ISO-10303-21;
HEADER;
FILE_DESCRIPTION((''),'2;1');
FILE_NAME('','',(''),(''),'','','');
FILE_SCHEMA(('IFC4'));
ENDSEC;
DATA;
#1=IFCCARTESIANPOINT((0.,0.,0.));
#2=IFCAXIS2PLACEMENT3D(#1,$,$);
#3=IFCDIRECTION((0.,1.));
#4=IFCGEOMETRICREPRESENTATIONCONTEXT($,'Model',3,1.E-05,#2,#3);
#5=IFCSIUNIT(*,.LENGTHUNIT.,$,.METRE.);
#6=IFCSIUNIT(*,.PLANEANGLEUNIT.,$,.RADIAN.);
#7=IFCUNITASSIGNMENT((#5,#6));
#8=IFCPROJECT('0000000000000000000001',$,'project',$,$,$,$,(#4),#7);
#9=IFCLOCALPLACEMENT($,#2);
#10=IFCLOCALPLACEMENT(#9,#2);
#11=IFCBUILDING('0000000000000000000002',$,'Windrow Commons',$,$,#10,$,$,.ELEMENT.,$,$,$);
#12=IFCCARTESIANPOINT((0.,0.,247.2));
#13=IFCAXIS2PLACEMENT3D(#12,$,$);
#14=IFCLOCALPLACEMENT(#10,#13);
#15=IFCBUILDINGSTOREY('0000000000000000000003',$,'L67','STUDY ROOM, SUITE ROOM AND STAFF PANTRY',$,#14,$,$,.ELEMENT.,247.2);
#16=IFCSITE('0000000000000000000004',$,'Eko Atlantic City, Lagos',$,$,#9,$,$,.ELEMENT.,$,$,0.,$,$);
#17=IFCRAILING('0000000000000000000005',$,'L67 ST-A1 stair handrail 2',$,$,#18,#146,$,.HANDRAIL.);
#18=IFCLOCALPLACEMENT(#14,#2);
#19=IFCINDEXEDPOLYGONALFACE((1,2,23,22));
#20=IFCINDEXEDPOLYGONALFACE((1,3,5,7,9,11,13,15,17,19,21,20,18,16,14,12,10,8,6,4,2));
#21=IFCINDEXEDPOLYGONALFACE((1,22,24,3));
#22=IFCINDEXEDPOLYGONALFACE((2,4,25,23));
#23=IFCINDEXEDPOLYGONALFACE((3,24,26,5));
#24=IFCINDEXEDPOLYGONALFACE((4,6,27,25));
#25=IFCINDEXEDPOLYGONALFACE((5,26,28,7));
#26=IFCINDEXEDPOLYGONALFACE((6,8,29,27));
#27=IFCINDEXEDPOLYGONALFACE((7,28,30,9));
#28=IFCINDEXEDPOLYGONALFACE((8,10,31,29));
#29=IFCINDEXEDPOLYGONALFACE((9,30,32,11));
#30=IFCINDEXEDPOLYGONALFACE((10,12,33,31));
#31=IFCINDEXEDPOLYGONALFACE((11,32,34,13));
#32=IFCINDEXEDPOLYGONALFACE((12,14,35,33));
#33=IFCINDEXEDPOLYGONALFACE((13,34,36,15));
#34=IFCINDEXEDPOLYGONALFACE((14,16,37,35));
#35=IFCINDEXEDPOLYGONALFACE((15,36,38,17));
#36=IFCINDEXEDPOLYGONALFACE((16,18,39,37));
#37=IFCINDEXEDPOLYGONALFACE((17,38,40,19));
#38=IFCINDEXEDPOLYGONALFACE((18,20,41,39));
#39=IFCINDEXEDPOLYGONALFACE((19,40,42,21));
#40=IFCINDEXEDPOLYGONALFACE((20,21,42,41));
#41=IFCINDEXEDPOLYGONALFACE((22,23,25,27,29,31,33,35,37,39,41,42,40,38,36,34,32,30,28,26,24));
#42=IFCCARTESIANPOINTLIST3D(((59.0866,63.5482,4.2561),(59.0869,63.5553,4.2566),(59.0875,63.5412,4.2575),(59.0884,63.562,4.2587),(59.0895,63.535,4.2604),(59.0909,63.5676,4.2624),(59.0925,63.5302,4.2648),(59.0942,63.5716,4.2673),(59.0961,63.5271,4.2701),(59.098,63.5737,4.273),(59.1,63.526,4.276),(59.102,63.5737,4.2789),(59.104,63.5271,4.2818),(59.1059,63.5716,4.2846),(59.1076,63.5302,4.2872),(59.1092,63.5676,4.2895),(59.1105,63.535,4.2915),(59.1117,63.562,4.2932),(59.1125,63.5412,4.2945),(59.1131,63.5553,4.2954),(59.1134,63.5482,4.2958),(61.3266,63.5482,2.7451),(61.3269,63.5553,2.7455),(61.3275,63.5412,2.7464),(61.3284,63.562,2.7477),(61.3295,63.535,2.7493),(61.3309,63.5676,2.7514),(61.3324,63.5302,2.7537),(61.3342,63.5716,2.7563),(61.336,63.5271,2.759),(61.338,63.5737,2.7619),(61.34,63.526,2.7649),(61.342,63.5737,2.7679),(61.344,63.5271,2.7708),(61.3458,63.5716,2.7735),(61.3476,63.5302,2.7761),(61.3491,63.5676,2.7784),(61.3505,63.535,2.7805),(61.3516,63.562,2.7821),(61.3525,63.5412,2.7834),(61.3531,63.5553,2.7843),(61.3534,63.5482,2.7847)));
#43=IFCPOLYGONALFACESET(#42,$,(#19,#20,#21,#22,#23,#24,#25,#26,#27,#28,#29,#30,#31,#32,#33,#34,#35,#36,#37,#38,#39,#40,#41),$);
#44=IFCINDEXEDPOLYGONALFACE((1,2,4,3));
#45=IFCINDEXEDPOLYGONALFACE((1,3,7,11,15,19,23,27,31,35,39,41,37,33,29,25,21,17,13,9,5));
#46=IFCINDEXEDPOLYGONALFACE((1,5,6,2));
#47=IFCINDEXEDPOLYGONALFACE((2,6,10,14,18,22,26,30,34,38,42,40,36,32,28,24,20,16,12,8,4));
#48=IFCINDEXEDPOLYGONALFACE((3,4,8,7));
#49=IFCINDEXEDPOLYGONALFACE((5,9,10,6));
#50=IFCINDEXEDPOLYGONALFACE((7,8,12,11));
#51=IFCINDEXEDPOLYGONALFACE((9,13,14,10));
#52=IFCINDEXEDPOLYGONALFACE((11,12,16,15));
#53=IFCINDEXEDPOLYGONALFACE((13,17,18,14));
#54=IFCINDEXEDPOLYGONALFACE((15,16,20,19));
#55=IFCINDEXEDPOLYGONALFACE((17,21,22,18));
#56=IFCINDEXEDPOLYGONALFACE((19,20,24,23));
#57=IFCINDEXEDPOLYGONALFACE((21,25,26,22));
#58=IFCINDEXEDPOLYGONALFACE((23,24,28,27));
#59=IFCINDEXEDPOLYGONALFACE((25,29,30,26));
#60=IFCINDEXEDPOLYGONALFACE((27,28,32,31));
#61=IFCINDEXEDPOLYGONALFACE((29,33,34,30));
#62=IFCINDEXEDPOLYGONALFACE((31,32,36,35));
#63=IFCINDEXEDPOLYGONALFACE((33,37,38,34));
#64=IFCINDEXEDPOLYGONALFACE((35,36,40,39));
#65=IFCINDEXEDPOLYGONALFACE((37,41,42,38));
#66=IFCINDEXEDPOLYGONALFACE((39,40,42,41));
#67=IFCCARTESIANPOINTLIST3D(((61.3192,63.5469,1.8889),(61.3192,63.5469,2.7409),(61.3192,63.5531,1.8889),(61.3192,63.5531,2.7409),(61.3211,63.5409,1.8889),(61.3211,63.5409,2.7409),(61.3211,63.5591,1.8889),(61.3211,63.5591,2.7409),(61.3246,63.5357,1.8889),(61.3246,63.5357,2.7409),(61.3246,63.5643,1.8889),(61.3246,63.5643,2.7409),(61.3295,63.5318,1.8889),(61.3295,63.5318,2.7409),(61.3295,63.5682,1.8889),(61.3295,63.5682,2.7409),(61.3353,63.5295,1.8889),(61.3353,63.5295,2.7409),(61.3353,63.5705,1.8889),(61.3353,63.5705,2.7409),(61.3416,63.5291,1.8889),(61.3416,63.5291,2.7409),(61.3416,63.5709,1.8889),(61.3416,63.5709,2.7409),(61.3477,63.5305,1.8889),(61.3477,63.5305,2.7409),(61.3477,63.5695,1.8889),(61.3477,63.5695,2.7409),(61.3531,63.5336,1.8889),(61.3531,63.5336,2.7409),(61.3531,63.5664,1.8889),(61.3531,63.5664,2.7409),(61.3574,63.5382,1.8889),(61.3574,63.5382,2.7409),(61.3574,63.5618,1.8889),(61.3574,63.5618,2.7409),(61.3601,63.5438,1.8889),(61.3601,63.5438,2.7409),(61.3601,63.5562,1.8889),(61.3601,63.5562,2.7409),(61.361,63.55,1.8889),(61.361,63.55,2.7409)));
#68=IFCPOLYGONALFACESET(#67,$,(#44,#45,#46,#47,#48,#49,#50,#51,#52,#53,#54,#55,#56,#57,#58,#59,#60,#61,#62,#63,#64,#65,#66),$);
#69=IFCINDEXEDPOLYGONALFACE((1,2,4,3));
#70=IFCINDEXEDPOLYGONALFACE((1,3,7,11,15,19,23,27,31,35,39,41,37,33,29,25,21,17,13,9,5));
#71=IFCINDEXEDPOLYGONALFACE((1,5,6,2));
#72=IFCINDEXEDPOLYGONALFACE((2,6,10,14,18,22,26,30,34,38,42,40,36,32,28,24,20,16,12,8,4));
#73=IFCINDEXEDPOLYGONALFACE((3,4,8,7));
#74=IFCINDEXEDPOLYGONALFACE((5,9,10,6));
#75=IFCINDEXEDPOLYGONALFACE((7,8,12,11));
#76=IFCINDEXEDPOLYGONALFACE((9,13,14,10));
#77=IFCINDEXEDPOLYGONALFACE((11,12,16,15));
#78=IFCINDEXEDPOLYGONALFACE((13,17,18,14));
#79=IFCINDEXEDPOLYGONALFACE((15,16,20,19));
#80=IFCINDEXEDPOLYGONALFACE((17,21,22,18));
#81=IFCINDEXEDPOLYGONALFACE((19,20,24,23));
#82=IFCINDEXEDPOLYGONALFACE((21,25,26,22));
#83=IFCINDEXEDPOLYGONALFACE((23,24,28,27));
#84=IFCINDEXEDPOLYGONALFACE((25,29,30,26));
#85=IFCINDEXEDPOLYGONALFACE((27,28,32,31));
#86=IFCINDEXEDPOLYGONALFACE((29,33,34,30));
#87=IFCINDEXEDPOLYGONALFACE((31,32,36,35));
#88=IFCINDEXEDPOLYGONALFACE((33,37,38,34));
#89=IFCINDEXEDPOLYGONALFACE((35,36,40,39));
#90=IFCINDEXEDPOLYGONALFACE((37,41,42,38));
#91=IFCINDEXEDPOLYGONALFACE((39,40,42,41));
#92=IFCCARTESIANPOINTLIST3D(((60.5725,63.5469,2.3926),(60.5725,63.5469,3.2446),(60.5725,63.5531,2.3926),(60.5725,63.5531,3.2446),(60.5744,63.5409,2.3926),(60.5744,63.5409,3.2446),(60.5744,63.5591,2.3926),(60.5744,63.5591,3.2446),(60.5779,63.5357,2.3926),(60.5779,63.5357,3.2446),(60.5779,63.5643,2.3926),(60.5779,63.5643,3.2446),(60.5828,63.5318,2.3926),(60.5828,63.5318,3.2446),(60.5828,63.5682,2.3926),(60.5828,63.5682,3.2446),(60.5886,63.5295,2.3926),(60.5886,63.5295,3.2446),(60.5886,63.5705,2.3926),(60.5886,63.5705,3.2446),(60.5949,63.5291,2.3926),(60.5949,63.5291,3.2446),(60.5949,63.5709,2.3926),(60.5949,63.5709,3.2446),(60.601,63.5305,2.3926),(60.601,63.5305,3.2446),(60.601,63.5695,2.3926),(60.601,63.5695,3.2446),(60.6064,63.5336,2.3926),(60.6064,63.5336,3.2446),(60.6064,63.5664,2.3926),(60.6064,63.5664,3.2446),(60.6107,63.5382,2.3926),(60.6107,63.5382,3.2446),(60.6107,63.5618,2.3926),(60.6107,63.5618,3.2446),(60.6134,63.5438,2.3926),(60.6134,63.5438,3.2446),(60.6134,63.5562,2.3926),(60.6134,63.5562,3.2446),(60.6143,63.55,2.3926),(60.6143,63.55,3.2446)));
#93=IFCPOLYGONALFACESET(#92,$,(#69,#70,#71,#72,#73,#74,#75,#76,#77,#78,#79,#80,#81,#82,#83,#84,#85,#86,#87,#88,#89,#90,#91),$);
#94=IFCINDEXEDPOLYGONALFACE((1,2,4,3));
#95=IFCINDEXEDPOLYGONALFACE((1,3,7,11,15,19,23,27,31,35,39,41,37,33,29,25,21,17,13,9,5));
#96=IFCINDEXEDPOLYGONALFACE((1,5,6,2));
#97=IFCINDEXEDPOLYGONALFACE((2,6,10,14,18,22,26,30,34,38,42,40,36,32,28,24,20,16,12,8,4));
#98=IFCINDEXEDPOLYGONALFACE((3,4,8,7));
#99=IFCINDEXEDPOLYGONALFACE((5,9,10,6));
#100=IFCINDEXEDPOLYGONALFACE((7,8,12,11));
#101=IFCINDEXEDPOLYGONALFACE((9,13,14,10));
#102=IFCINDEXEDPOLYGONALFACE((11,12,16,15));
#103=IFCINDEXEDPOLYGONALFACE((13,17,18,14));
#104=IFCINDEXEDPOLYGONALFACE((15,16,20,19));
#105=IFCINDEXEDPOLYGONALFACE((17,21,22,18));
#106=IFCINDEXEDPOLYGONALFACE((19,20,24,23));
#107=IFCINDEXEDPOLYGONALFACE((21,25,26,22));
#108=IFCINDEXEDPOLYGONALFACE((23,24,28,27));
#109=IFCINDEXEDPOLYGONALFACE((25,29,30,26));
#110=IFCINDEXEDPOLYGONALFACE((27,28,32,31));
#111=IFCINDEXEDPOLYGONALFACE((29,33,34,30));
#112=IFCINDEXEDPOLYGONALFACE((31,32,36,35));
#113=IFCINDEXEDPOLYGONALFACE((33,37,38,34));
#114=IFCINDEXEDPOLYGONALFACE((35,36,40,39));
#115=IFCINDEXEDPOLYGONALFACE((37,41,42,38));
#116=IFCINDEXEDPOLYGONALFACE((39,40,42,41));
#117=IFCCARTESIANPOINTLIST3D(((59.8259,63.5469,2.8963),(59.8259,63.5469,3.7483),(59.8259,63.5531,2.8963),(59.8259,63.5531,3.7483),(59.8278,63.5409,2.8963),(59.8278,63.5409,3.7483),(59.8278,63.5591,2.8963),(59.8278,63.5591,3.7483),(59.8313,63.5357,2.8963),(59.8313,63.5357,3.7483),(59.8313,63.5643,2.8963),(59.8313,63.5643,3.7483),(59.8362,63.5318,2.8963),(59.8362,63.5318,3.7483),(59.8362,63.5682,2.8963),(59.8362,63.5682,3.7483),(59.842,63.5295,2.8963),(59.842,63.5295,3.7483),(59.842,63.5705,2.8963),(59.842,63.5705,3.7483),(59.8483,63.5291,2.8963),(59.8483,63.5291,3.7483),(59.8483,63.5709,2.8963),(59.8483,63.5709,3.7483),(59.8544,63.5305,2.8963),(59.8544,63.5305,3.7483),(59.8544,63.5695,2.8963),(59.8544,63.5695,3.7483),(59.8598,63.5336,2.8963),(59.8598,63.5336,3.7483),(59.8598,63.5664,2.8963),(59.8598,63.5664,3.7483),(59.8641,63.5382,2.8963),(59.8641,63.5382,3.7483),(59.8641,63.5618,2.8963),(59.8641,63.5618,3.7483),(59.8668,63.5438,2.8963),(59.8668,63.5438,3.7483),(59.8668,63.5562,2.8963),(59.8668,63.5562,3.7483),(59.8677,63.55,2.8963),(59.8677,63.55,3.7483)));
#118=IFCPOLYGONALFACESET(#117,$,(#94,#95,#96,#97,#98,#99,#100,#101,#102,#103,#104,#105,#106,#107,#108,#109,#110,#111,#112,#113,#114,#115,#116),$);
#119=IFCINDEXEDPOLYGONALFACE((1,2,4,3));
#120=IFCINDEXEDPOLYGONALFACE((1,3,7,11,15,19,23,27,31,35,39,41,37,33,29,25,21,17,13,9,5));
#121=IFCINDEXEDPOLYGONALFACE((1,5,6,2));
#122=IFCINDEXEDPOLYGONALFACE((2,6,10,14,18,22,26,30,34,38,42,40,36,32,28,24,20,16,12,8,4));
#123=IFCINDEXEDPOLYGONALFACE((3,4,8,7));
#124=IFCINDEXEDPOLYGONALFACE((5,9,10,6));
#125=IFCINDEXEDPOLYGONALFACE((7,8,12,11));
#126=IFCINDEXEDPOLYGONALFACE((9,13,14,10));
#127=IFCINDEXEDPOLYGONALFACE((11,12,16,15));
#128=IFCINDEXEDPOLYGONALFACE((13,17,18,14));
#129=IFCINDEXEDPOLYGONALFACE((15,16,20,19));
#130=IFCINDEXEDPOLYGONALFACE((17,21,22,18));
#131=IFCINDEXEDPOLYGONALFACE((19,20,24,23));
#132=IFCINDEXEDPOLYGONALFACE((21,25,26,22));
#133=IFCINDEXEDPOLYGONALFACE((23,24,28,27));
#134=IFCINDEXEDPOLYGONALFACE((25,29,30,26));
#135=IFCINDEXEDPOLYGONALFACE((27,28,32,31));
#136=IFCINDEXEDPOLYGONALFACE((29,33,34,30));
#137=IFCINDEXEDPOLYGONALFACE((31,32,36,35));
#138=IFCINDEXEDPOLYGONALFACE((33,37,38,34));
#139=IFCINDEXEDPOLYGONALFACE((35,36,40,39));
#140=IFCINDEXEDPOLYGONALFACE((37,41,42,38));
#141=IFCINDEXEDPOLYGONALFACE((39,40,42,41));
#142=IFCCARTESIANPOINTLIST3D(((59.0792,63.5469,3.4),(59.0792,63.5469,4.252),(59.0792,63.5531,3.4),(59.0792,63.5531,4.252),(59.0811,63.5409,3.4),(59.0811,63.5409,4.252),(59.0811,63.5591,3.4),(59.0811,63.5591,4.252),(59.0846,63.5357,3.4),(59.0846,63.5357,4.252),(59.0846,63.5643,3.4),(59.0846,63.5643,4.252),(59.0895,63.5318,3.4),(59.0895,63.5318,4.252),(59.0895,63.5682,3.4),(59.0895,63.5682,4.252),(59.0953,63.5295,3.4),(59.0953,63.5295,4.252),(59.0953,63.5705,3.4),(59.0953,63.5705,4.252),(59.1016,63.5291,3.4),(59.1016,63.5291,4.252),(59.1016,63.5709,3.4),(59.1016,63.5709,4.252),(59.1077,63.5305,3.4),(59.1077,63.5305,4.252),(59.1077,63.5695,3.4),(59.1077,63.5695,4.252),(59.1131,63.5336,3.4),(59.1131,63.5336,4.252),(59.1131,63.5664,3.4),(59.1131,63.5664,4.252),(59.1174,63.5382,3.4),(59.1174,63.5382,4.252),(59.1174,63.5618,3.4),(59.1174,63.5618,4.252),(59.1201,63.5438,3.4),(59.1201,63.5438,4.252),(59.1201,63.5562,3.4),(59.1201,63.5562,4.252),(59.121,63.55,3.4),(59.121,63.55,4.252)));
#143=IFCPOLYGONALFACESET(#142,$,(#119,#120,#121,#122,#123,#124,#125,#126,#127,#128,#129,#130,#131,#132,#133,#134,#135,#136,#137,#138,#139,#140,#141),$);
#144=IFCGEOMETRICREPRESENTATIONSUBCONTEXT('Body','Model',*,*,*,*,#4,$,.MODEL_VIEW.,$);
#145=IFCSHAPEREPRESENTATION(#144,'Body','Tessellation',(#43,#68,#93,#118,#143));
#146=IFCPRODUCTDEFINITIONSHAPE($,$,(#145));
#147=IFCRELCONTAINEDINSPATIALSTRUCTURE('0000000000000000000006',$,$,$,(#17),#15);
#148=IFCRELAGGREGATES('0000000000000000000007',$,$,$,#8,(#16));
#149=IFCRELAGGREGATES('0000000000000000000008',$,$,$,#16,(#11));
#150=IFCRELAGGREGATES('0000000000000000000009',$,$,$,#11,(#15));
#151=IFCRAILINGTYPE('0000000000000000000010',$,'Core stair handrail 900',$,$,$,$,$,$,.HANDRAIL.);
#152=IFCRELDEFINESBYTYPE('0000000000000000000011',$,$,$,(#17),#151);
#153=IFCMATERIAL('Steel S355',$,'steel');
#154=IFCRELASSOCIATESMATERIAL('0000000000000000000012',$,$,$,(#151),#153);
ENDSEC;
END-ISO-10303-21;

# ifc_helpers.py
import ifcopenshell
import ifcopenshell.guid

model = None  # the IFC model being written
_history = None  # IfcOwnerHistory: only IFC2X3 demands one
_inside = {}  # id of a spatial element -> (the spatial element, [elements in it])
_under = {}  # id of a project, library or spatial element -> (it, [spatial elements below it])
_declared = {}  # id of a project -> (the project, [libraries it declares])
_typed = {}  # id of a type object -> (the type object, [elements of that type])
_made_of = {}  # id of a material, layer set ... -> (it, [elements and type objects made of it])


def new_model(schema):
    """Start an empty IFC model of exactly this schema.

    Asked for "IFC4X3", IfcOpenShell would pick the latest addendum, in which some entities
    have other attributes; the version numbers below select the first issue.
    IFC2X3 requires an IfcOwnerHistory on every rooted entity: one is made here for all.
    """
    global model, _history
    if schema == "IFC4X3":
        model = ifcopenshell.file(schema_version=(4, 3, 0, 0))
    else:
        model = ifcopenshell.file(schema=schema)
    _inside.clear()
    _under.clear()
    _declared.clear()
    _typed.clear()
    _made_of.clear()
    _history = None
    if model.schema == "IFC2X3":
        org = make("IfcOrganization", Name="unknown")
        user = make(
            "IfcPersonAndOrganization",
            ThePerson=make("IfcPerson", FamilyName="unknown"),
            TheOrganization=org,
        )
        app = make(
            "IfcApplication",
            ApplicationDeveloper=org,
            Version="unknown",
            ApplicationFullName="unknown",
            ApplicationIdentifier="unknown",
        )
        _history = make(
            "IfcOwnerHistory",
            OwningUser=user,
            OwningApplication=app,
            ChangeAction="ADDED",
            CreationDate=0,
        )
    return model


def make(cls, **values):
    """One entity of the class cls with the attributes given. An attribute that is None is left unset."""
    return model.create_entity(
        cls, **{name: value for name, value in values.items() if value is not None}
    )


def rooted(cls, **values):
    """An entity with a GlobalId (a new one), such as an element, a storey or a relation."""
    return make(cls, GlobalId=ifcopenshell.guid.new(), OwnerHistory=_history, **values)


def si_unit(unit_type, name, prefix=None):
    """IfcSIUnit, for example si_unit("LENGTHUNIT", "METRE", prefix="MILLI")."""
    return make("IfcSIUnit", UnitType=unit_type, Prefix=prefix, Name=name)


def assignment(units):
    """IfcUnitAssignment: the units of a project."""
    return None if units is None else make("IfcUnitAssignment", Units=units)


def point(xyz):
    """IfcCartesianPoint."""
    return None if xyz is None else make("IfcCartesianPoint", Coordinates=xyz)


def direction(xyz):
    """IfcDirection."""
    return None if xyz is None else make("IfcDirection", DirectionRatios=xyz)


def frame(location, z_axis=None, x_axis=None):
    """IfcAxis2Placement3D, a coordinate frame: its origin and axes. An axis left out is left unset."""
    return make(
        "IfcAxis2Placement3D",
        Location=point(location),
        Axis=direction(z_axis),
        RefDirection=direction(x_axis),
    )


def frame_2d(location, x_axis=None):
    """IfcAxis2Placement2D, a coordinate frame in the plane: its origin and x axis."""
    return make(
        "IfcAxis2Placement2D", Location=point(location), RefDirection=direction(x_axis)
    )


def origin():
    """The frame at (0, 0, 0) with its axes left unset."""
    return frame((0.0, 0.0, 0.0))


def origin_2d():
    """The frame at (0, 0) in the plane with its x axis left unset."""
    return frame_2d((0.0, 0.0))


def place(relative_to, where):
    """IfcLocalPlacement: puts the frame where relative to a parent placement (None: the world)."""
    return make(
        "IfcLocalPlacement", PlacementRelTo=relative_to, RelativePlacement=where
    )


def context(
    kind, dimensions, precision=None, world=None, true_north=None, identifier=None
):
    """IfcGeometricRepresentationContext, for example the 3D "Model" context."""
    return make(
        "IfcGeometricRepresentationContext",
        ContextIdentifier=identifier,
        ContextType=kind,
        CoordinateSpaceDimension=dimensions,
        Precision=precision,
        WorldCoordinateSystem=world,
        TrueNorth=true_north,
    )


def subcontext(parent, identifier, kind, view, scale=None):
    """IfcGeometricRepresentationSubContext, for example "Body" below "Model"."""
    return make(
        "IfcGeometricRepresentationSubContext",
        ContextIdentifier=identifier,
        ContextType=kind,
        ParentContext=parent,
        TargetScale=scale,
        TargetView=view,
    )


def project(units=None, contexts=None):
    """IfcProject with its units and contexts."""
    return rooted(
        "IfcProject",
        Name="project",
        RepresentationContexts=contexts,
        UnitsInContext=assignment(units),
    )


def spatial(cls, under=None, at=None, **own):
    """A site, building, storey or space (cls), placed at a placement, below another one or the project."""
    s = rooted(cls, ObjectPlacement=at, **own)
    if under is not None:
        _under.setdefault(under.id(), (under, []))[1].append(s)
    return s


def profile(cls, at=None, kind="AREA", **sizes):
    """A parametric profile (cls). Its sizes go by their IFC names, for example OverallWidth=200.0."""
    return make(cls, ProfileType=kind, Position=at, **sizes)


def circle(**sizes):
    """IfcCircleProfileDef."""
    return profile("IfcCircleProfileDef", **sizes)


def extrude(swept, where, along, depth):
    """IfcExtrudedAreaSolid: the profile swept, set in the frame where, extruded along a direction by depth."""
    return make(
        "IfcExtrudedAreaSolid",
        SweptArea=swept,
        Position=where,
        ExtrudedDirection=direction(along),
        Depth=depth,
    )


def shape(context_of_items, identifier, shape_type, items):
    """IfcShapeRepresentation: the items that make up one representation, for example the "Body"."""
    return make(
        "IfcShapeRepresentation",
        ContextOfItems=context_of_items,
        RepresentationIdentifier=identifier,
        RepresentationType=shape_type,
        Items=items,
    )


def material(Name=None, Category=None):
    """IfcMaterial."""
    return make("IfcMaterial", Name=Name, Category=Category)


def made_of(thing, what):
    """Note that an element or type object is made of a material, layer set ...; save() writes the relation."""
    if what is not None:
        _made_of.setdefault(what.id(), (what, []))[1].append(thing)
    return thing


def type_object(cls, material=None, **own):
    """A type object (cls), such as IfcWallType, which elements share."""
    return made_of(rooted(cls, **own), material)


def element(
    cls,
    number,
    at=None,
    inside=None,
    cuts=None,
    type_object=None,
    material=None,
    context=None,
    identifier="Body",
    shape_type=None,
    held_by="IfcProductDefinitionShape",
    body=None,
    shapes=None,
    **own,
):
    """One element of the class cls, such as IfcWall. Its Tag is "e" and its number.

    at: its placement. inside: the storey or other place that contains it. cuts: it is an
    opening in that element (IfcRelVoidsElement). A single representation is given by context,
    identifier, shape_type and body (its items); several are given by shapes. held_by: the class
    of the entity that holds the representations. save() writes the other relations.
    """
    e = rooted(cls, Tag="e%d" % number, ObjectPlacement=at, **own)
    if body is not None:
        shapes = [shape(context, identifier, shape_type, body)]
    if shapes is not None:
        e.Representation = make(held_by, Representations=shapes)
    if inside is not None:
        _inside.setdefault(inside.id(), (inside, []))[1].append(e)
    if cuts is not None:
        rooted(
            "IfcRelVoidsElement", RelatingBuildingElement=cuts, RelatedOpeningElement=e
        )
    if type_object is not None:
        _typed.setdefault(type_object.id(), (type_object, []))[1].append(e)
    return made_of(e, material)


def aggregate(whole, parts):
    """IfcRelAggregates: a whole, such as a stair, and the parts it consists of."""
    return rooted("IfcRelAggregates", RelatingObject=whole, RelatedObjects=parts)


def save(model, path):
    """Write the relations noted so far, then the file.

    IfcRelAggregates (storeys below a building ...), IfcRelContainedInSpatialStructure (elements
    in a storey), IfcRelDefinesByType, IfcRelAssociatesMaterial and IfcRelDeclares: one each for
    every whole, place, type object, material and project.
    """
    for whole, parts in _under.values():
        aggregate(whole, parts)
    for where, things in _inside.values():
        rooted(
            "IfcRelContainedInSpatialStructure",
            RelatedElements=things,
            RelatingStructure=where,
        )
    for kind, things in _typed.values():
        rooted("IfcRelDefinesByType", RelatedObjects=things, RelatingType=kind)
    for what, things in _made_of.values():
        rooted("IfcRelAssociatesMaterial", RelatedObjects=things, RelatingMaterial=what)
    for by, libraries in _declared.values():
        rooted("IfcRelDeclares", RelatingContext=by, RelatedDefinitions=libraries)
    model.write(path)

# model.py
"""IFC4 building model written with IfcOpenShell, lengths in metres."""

from ifc_helpers import new_model, si_unit, direction, frame, origin, origin_2d, place, context, subcontext, project, spatial, circle, extrude, material, type_object, element, save


model = new_model("IFC4")

# Units and contexts
model_context = context("Model", 3, precision=1e-05, world=origin(), true_north=direction((0.0, 1.0)))
body_context = subcontext(model_context, "Body", "Model", "MODEL_VIEW")
ifc_project = project(units=[si_unit("LENGTHUNIT", "METRE"), si_unit("PLANEANGLEUNIT", "RADIAN")], contexts=[model_context])

# Site, building, storey
site_placement = place(None, origin())
site = spatial("IfcSite", under=ifc_project, at=site_placement, Name="Eko Atlantic City, Lagos", CompositionType="ELEMENT", RefElevation=0.0)
building_placement = place(site_placement, origin())
building = spatial("IfcBuilding", under=site, at=building_placement, Name="Windrow Commons", CompositionType="ELEMENT")
storey_placement = place(building_placement, frame((0.0, 0.0, 247.2)))
storey = spatial("IfcBuildingStorey", under=building, at=storey_placement, Name="L67", Description="STUDY ROOM, SUITE ROOM AND STAFF PANTRY", CompositionType="ELEMENT", Elevation=247.2)

# Railing
ifc_material_1 = material(Name="Steel S355", Category="steel")
railing_type_1 = type_object("IfcRailingType", Name="Core stair handrail 900", PredefinedType="HANDRAIL", material=ifc_material_1)
for number, where, name in (
    (1, (61.34, 63.55, 1.8889), "L67 ST-A1 stair handrail 2"),
):
    element("IfcRailing", number, at=place(storey_placement, frame(where)), inside=storey, type_object=railing_type_1, Name=name, PredefinedType="HANDRAIL", context=body_context, shape_type="SweptSolid", body=[
        extrude(circle(Radius=0.024, at=origin_2d()), frame((0.0, 0.0, 0.876), z_axis=(-0.829003, 0.0, 0.559244), x_axis=(0.0, -1.0, 0.0)), (0.0, 0.0, 1.0), 2.702),
        extrude(circle(Radius=0.021, at=origin_2d()), origin(), (0.0, 0.0, 1.0), 0.852),
        extrude(circle(Radius=0.021, at=origin_2d()), frame((-0.7467, 0.0, 0.5037)), (0.0, 0.0, 1.0), 0.852),
        extrude(circle(Radius=0.021, at=origin_2d()), frame((-1.4933, 0.0, 1.0074)), (0.0, 0.0, 1.0), 0.852),
        extrude(circle(Radius=0.021, at=origin_2d()), frame((-2.24, 0.0, 1.5111)), (0.0, 0.0, 1.0), 0.852),
    ])

save(model, "model.ifc")
